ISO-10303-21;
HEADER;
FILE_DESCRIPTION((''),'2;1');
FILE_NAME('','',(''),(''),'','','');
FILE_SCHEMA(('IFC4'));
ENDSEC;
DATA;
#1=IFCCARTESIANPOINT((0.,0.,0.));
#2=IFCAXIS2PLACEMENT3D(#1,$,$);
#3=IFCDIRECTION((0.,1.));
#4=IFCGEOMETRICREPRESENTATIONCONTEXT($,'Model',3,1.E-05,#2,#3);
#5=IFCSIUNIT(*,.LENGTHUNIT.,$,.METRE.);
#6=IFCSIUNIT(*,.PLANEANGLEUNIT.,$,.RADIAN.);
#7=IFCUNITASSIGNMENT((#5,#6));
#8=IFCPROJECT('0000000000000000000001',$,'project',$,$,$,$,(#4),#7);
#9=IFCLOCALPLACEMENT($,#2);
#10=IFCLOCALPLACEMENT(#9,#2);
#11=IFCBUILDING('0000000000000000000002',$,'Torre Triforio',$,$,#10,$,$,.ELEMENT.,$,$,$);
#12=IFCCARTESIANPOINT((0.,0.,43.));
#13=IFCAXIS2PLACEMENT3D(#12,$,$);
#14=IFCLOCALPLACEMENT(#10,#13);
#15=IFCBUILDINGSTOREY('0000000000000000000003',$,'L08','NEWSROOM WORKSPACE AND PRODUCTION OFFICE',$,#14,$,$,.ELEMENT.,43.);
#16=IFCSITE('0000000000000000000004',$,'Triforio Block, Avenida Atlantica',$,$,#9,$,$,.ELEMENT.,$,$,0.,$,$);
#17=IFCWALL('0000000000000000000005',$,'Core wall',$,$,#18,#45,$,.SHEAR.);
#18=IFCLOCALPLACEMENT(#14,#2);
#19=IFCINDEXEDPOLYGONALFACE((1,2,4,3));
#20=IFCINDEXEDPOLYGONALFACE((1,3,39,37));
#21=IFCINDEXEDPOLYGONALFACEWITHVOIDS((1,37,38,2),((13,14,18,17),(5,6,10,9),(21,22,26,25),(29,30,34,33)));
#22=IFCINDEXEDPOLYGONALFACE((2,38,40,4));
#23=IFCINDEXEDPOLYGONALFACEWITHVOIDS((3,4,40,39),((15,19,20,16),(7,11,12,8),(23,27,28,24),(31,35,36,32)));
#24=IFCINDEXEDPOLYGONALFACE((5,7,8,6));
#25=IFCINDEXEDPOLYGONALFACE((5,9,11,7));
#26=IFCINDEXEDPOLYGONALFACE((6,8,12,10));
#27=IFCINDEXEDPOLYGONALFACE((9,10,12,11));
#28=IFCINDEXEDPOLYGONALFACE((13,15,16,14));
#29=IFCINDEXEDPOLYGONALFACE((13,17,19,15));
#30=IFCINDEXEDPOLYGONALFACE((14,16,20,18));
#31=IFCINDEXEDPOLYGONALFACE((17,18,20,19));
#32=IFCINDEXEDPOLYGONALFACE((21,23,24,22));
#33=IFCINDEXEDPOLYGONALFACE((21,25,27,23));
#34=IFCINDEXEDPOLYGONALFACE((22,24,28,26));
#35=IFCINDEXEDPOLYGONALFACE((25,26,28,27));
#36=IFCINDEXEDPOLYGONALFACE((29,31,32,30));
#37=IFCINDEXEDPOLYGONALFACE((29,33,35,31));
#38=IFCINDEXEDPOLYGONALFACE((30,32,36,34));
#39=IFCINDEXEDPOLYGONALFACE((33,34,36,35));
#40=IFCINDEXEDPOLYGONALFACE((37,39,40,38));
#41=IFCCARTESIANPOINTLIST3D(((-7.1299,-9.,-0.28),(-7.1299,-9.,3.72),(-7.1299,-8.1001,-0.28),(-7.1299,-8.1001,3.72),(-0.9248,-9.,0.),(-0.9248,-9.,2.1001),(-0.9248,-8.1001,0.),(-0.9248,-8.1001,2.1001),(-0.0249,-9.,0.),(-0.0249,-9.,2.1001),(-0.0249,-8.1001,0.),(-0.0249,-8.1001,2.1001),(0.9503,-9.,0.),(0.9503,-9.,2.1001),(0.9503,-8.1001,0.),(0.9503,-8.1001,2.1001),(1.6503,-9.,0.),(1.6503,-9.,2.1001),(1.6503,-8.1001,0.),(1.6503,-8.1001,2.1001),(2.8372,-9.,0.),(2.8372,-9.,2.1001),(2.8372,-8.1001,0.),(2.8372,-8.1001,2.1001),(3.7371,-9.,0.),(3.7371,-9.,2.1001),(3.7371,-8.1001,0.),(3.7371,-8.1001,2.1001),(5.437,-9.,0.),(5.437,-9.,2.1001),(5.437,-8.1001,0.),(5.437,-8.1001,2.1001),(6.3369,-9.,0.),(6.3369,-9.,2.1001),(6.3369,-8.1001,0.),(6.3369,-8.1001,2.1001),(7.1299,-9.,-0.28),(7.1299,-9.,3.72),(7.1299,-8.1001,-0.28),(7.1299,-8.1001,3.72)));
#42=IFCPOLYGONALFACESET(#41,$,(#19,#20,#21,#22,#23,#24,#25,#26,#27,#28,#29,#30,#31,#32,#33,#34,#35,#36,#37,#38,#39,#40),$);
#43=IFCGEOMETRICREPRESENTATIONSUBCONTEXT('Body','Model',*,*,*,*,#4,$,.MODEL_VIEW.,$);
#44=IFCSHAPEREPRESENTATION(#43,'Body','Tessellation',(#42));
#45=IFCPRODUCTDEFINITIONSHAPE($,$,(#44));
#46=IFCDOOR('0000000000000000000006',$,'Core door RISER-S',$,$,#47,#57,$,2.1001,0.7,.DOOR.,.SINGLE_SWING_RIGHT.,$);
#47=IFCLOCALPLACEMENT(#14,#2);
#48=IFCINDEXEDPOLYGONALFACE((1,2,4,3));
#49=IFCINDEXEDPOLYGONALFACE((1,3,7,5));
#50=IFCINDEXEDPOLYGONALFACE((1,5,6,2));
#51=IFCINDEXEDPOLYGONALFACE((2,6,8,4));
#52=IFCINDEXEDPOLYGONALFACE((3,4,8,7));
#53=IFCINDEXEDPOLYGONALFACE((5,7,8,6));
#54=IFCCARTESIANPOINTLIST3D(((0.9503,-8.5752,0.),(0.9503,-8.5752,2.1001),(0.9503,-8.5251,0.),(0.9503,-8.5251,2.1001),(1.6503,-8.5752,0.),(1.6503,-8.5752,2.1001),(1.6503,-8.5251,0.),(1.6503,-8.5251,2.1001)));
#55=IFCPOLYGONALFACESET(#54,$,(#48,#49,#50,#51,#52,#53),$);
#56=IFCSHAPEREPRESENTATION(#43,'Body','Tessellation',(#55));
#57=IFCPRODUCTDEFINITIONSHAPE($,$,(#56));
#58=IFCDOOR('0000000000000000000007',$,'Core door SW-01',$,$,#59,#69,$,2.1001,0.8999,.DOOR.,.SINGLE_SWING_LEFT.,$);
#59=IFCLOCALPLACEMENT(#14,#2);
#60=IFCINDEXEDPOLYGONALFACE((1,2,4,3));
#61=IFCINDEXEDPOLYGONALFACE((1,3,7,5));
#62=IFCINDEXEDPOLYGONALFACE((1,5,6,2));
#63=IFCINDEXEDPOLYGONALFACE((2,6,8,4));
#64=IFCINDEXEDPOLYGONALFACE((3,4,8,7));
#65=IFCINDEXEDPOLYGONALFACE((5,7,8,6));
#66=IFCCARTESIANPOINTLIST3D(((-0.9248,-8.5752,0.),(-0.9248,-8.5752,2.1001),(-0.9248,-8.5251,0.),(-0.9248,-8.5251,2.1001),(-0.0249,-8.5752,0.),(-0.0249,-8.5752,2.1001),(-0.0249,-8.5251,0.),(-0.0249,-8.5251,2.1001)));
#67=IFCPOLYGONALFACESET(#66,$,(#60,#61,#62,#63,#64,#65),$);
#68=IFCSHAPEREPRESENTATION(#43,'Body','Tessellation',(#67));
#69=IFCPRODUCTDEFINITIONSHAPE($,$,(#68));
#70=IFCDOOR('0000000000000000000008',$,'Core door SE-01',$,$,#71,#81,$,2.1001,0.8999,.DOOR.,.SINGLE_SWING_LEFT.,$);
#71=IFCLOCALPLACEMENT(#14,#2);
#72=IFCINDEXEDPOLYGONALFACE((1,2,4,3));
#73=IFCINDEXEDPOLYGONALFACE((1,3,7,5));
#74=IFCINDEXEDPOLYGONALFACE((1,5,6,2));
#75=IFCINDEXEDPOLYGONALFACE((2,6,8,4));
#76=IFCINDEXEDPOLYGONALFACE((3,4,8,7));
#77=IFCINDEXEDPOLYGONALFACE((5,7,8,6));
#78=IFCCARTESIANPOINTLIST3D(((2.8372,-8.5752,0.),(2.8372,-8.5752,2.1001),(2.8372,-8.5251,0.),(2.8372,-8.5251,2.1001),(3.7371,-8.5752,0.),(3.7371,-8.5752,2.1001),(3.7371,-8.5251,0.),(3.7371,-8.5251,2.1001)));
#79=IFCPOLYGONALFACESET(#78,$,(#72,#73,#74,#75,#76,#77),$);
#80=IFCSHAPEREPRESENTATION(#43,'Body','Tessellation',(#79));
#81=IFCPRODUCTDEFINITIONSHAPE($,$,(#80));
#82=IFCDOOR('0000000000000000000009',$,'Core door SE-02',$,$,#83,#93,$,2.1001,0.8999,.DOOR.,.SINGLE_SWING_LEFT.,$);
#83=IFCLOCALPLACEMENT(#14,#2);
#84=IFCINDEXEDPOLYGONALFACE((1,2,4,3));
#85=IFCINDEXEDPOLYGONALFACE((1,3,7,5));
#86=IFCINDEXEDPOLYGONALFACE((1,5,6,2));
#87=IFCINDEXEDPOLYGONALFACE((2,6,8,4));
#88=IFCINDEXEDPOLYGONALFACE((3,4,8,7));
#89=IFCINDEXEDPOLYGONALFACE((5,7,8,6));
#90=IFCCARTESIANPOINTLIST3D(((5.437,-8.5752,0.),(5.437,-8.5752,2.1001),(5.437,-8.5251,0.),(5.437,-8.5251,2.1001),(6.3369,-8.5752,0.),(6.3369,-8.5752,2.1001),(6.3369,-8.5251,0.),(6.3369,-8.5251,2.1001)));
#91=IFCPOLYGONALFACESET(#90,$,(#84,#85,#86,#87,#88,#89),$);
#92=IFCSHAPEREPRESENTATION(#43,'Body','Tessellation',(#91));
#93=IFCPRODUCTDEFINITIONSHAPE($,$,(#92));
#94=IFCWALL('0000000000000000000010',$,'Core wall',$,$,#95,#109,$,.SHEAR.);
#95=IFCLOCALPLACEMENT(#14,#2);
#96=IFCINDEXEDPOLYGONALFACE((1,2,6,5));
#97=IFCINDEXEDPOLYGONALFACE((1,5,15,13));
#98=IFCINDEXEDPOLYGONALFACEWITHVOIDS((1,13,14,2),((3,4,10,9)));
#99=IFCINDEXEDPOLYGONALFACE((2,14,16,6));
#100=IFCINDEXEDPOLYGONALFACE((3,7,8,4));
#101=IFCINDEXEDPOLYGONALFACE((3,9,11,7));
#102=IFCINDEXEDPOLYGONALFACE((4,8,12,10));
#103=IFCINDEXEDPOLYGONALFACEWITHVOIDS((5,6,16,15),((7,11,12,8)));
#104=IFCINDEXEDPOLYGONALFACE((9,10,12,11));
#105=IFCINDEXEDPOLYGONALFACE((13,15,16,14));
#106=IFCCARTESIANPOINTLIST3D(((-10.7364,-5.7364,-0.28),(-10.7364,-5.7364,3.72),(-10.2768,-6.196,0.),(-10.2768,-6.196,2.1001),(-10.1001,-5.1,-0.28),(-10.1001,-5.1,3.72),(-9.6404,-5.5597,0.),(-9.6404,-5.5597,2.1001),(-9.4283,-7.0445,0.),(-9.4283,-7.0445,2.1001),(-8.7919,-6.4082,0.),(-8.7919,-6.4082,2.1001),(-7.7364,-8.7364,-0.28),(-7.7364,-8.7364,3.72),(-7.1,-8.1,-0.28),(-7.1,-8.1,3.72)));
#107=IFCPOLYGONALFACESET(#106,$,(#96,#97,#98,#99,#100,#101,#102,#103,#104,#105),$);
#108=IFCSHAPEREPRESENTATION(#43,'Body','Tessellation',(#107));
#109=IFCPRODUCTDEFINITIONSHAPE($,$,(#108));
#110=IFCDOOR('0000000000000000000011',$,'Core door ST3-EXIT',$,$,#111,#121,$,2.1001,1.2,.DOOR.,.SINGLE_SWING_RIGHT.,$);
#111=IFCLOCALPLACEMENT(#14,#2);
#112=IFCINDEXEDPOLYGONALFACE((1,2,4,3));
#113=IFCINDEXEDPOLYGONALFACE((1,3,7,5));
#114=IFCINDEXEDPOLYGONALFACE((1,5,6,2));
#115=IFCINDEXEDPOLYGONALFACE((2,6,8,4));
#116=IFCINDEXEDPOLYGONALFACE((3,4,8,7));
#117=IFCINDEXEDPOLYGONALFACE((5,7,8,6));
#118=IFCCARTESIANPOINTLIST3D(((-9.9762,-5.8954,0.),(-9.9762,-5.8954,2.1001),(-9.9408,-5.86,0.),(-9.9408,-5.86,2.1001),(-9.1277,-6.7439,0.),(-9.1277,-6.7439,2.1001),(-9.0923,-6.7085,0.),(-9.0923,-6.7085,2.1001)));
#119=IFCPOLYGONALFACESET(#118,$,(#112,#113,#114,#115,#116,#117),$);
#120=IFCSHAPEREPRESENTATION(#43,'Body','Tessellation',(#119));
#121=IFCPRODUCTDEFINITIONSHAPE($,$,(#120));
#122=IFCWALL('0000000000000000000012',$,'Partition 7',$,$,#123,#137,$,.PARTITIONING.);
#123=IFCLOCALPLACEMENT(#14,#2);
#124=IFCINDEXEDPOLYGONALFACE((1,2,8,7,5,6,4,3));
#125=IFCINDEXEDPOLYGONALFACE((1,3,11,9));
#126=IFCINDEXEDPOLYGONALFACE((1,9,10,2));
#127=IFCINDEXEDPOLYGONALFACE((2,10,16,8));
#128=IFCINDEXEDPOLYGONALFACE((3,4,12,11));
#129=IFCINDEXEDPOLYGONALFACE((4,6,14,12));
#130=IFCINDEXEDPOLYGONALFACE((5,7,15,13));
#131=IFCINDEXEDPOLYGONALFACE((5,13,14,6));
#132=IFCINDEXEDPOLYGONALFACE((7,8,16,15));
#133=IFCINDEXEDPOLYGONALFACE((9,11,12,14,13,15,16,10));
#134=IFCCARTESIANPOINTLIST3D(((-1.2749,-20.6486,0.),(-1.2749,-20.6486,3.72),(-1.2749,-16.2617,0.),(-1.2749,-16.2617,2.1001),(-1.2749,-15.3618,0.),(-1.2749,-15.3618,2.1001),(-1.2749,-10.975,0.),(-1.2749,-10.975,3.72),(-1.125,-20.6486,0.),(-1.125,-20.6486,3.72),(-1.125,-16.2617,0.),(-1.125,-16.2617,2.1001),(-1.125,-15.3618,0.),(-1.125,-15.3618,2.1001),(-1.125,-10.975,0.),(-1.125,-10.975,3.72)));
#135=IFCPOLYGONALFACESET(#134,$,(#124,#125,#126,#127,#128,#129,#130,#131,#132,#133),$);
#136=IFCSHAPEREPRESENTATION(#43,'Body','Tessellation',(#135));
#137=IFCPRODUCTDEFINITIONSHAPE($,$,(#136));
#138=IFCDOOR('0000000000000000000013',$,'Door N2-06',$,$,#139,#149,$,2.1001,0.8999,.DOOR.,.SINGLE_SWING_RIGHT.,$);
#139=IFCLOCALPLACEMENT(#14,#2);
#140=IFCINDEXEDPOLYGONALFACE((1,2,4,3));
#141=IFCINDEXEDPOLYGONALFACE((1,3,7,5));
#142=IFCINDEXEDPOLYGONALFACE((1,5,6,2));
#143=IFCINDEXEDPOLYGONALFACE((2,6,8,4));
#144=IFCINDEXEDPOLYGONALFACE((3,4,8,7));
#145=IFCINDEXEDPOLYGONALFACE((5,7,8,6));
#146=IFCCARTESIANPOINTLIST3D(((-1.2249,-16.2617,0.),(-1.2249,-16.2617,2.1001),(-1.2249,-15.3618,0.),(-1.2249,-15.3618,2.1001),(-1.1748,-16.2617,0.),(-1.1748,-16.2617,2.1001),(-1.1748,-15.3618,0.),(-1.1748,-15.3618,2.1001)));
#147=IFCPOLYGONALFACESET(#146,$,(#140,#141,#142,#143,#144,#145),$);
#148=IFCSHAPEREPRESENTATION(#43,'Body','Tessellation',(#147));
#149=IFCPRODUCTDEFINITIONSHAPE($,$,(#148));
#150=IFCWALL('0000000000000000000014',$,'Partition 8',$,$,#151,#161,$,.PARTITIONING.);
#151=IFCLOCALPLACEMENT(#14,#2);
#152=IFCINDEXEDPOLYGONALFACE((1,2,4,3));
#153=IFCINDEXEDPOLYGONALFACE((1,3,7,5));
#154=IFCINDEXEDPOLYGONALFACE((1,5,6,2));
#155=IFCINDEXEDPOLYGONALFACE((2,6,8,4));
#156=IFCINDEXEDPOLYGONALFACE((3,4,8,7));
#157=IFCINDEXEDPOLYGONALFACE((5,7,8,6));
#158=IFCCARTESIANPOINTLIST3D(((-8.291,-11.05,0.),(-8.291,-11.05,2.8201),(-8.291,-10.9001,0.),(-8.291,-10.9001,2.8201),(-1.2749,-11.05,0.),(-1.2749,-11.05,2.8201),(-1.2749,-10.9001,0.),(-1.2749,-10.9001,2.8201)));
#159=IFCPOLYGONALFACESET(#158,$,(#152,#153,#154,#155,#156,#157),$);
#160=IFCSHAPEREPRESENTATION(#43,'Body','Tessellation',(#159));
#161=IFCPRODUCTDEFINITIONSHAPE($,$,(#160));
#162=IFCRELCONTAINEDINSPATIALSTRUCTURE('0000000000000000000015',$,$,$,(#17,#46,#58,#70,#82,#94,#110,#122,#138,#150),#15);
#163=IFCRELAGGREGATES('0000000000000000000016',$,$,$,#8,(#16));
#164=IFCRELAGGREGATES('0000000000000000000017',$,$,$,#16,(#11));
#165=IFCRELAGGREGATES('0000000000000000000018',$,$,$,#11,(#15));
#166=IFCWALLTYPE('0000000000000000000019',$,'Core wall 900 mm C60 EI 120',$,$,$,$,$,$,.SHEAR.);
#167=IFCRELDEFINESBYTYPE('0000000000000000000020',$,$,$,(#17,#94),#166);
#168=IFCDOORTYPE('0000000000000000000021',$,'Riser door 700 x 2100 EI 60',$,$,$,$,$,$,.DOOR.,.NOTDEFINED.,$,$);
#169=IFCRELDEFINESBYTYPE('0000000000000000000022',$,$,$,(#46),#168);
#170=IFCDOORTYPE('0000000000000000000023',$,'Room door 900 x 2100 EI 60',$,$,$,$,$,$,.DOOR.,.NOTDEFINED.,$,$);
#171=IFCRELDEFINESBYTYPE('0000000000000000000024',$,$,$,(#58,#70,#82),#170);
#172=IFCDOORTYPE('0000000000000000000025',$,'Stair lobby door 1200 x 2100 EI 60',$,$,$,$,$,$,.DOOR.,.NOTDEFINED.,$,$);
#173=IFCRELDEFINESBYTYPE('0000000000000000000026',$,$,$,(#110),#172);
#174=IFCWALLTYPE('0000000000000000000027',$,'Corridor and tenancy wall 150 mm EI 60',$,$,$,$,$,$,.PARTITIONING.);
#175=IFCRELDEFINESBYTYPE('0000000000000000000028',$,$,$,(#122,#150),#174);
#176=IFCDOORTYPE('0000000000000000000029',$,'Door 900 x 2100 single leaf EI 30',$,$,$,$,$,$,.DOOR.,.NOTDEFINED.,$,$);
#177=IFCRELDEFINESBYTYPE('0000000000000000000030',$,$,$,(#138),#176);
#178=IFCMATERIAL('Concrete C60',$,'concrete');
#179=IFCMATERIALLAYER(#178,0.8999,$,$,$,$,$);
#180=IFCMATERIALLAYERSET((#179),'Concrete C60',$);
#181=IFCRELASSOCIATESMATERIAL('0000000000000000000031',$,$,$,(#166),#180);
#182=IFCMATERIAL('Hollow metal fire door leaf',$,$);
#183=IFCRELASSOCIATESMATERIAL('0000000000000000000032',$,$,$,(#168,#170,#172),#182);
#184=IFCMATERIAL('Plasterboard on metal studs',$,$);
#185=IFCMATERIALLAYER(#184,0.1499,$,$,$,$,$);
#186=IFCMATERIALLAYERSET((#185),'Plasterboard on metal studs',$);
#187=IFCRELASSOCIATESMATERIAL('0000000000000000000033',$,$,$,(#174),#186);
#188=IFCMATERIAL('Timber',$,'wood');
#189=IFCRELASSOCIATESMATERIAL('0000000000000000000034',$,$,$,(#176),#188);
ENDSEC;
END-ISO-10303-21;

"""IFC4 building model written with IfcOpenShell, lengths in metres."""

from ifc_helpers import new_model, si_unit, direction, frame, frame_2d, origin, place, context, subcontext, project, spatial, rectangle, extrude, material, layer, layer_set, type_object, element, fill, save


model = new_model("IFC4")

# Units and contexts
model_context = context("Model", 3, precision=1e-05, world=origin(), true_north=direction((0.0, 1.0)))
body_context = subcontext(model_context, "Body", "Model", "MODEL_VIEW")
ifc_project = project(units=[si_unit("LENGTHUNIT", "METRE"), si_unit("PLANEANGLEUNIT", "RADIAN")], contexts=[model_context])

# Site, building, storey
site_placement = place(None, origin())
site = spatial("IfcSite", under=ifc_project, at=site_placement, Name="Triforio Block, Avenida Atlantica", CompositionType="ELEMENT", RefElevation=0.0)
building_placement = place(site_placement, origin())
building = spatial("IfcBuilding", under=site, at=building_placement, Name="Torre Triforio", CompositionType="ELEMENT")
storey_placement = place(building_placement, frame((0.0, 0.0, 43.0)))
storey = spatial("IfcBuildingStorey", under=building, at=storey_placement, Name="L08", Description="NEWSROOM WORKSPACE AND PRODUCTION OFFICE", CompositionType="ELEMENT", Elevation=43.0)

# Shared definitions
ifc_material_1 = material(Name="Concrete C60", Category="concrete")

# Wall, openings, doors
ifc_layer_1 = layer(ifc_material_1, 0.8999)
ifc_layer_set_1 = layer_set([ifc_layer_1], Name="Concrete C60")
wall_type_1 = type_object("IfcWallType", Name="Core wall 900 mm C60 EI 120", PredefinedType="SHEAR", material=ifc_layer_set_1)
wall_1_placement = place(storey_placement, frame((-7.1299, -8.55, -0.28), z_axis=(0.0, 0.0, 1.0), x_axis=(1.0, 0.0, 0.0)))
wall_1 = element("IfcWall", 1, at=wall_1_placement, inside=storey, type_object=wall_type_1, Name="Core wall", PredefinedType="SHEAR", context=body_context, shape_type="SweptSolid", body=[
    extrude(rectangle(XDim=14.2598, YDim=0.8999, at=frame_2d((7.1299, 0.0))), origin(), (0.0, 0.0, 1.0), 4.0),
])
opening_1_placement = place(wall_1_placement, frame((8.0801, 0.0, 0.28)))
opening_1 = element("IfcOpeningElement", 2, at=opening_1_placement, cuts=wall_1, PredefinedType="OPENING", context=body_context, shape_type="SweptSolid", body=[
    extrude(rectangle(XDim=0.7, YDim=2.1001, at=frame_2d((0.3501, 1.05))), frame((0.0, 0.46, 0.0), z_axis=(0.0, -1.0, 0.0), x_axis=(1.0, 0.0, 0.0)), (0.0, 0.0, 1.0), 0.9199),
])
opening_2_placement = place(wall_1_placement, frame((6.2051, 0.0, 0.28)))
opening_2 = element("IfcOpeningElement", 3, at=opening_2_placement, cuts=wall_1, PredefinedType="OPENING", context=body_context, shape_type="SweptSolid", body=[
    extrude(rectangle(XDim=0.8999, YDim=2.1001, at=frame_2d((0.45, 1.05))), frame((0.0, 0.46, 0.0), z_axis=(0.0, -1.0, 0.0), x_axis=(1.0, 0.0, 0.0)), (0.0, 0.0, 1.0), 0.9199),
])
opening_3_placement = place(wall_1_placement, frame((9.967, 0.0, 0.28)))
opening_3 = element("IfcOpeningElement", 4, at=opening_3_placement, cuts=wall_1, PredefinedType="OPENING", context=body_context, shape_type="SweptSolid", body=[
    extrude(rectangle(XDim=0.8999, YDim=2.1001, at=frame_2d((0.45, 1.05))), frame((0.0, 0.46, 0.0), z_axis=(0.0, -1.0, 0.0), x_axis=(1.0, 0.0, 0.0)), (0.0, 0.0, 1.0), 0.9199),
])
opening_4_placement = place(wall_1_placement, frame((12.5669, 0.0, 0.28)))
opening_4 = element("IfcOpeningElement", 5, at=opening_4_placement, cuts=wall_1, PredefinedType="OPENING", context=body_context, shape_type="SweptSolid", body=[
    extrude(rectangle(XDim=0.8999, YDim=2.1001, at=frame_2d((0.45, 1.05))), frame((0.0, 0.46, 0.0), z_axis=(0.0, -1.0, 0.0), x_axis=(1.0, 0.0, 0.0)), (0.0, 0.0, 1.0), 0.9199),
])
ifc_material_2 = material(Name="Hollow metal fire door leaf")
door_type_1 = type_object("IfcDoorType", Name="Riser door 700 x 2100 EI 60", OperationType="NOTDEFINED", PredefinedType="DOOR", material=ifc_material_2)
door_1_placement = place(opening_1_placement, origin())
door_1 = element("IfcDoor", 6, at=door_1_placement, inside=storey, type_object=door_type_1, Name="Core door RISER-S", OperationType="SINGLE_SWING_RIGHT", OverallHeight=2.1001, OverallWidth=0.7, PredefinedType="DOOR", context=body_context, shape_type="SweptSolid", body=[
    extrude(rectangle(XDim=0.7, YDim=2.1001, at=frame_2d((0.3501, 1.05))), frame((0.0, 0.0249, 0.0), z_axis=(0.0, -1.0, 0.0), x_axis=(1.0, 0.0, 0.0)), (0.0, 0.0, 1.0), 0.05),
])
fill(opening_1, door_1)
door_type_2 = type_object("IfcDoorType", Name="Room door 900 x 2100 EI 60", OperationType="NOTDEFINED", PredefinedType="DOOR", material=ifc_material_2)
door_2_placement = place(opening_2_placement, origin())
door_2 = element("IfcDoor", 7, at=door_2_placement, inside=storey, type_object=door_type_2, Name="Core door SW-01", OperationType="SINGLE_SWING_LEFT", OverallHeight=2.1001, OverallWidth=0.8999, PredefinedType="DOOR", context=body_context, shape_type="SweptSolid", body=[
    extrude(rectangle(XDim=0.8999, YDim=2.1001, at=frame_2d((0.45, 1.05))), frame((0.0, 0.0249, 0.0), z_axis=(0.0, -1.0, 0.0), x_axis=(1.0, 0.0, 0.0)), (0.0, 0.0, 1.0), 0.05),
])
fill(opening_2, door_2)
door_3_placement = place(opening_3_placement, origin())
door_3 = element("IfcDoor", 8, at=door_3_placement, inside=storey, type_object=door_type_2, Name="Core door SE-01", OperationType="SINGLE_SWING_LEFT", OverallHeight=2.1001, OverallWidth=0.8999, PredefinedType="DOOR", context=body_context, shape_type="SweptSolid", body=[
    extrude(rectangle(XDim=0.8999, YDim=2.1001, at=frame_2d((0.45, 1.05))), frame((0.0, 0.0249, 0.0), z_axis=(0.0, -1.0, 0.0), x_axis=(1.0, 0.0, 0.0)), (0.0, 0.0, 1.0), 0.05),
])
fill(opening_3, door_3)
door_4_placement = place(opening_4_placement, origin())
door_4 = element("IfcDoor", 9, at=door_4_placement, inside=storey, type_object=door_type_2, Name="Core door SE-02", OperationType="SINGLE_SWING_LEFT", OverallHeight=2.1001, OverallWidth=0.8999, PredefinedType="DOOR", context=body_context, shape_type="SweptSolid", body=[
    extrude(rectangle(XDim=0.8999, YDim=2.1001, at=frame_2d((0.45, 1.05))), frame((0.0, 0.0249, 0.0), z_axis=(0.0, -1.0, 0.0), x_axis=(1.0, 0.0, 0.0)), (0.0, 0.0, 1.0), 0.05),
])
fill(opening_4, door_4)

# Walls, openings, doors
wall_2_placement = place(storey_placement, frame((-7.4182, -8.4182, -0.28), z_axis=(0.0, 0.0, 1.0), x_axis=(-0.707107, 0.707107, 0.0)))
wall_2 = element("IfcWall", 10, at=wall_2_placement, inside=storey, type_object=wall_type_1, Name="Core wall", PredefinedType="SHEAR", context=body_context, shape_type="SweptSolid", body=[
    extrude(rectangle(XDim=4.2427, YDim=0.8999, at=frame_2d((2.1213, 0.0))), origin(), (0.0, 0.0, 1.0), 4.0),
])
opening_5_placement = place(wall_2_placement, frame((2.3926, 0.0, 0.28)))
opening_5 = element("IfcOpeningElement", 11, at=opening_5_placement, cuts=wall_2, PredefinedType="OPENING", context=body_context, shape_type="SweptSolid", body=[
    extrude(rectangle(XDim=1.2, YDim=2.1001, at=frame_2d((0.6001, 1.05))), frame((0.0, 0.46, 0.0), z_axis=(0.0, -1.0, 0.0), x_axis=(1.0, 0.0, 0.0)), (0.0, 0.0, 1.0), 0.9199),
])
door_type_3 = type_object("IfcDoorType", Name="Stair lobby door 1200 x 2100 EI 60", OperationType="NOTDEFINED", PredefinedType="DOOR", material=ifc_material_2)
door_5_placement = place(opening_5_placement, origin())
door_5 = element("IfcDoor", 12, at=door_5_placement, inside=storey, type_object=door_type_3, Name="Core door ST3-EXIT", OperationType="SINGLE_SWING_RIGHT", OverallHeight=2.1001, OverallWidth=1.2, PredefinedType="DOOR", context=body_context, shape_type="SweptSolid", body=[
    extrude(rectangle(XDim=1.2, YDim=2.1001, at=frame_2d((0.6001, 1.05))), frame((0.0, 0.0249, 0.0), z_axis=(0.0, -1.0, 0.0), x_axis=(1.0, 0.0, 0.0)), (0.0, 0.0, 1.0), 0.05),
])
fill(opening_5, door_5)
ifc_material_3 = material(Name="Plasterboard on metal studs")
ifc_layer_2 = layer(ifc_material_3, 0.1499)
ifc_layer_set_2 = layer_set([ifc_layer_2], Name="Plasterboard on metal studs")
wall_type_2 = type_object("IfcWallType", Name="Corridor and tenancy wall 150 mm EI 60", PredefinedType="PARTITIONING", material=ifc_layer_set_2)
wall_3_placement = place(storey_placement, frame((-1.2, -20.6487, 0.0), z_axis=(0.0, 0.0, 1.0), x_axis=(0.0, 1.0, 0.0)))
wall_3 = element("IfcWall", 13, at=wall_3_placement, inside=storey, type_object=wall_type_2, Name="Partition 7", PredefinedType="PARTITIONING", context=body_context, shape_type="SweptSolid", body=[
    extrude(rectangle(XDim=9.6736, YDim=0.1499, at=frame_2d((4.8369, 0.0))), origin(), (0.0, 0.0, 1.0), 3.72),
])
opening_6_placement = place(wall_3_placement, frame((4.387, 0.0, 0.0)))
opening_6 = element("IfcOpeningElement", 14, at=opening_6_placement, cuts=wall_3, PredefinedType="OPENING", context=body_context, shape_type="SweptSolid", body=[
    extrude(rectangle(XDim=0.8999, YDim=2.1001, at=frame_2d((0.45, 1.05))), frame((0.0, 0.085, 0.0), z_axis=(0.0, -1.0, 0.0), x_axis=(1.0, 0.0, 0.0)), (0.0, 0.0, 1.0), 0.1699),
])
ifc_material_4 = material(Name="Timber", Category="wood")
door_type_4 = type_object("IfcDoorType", Name="Door 900 x 2100 single leaf EI 30", OperationType="NOTDEFINED", PredefinedType="DOOR", material=ifc_material_4)
door_6_placement = place(opening_6_placement, origin())
door_6 = element("IfcDoor", 15, at=door_6_placement, inside=storey, type_object=door_type_4, Name="Door N2-06", OperationType="SINGLE_SWING_RIGHT", OverallHeight=2.1001, OverallWidth=0.8999, PredefinedType="DOOR", context=body_context, shape_type="SweptSolid", body=[
    extrude(rectangle(XDim=0.8999, YDim=2.1001, at=frame_2d((0.45, 1.05))), frame((0.0, 0.0249, 0.0), z_axis=(0.0, -1.0, 0.0), x_axis=(1.0, 0.0, 0.0)), (0.0, 0.0, 1.0), 0.05),
])
fill(opening_6, door_6)

# Wall
wall_4_placement = place(storey_placement, frame((-1.2749, -10.9751, 0.0), z_axis=(0.0, 0.0, 1.0), x_axis=(-1.0, 0.0, 0.0)))
element("IfcWall", 16, at=wall_4_placement, inside=storey, type_object=wall_type_2, Name="Partition 8", PredefinedType="PARTITIONING", context=body_context, shape_type="SweptSolid", body=[
    extrude(rectangle(XDim=7.0161, YDim=0.1499, at=frame_2d((3.5081, 0.0))), origin(), (0.0, 0.0, 1.0), 2.8201),
])

save(model, "model.ifc")
